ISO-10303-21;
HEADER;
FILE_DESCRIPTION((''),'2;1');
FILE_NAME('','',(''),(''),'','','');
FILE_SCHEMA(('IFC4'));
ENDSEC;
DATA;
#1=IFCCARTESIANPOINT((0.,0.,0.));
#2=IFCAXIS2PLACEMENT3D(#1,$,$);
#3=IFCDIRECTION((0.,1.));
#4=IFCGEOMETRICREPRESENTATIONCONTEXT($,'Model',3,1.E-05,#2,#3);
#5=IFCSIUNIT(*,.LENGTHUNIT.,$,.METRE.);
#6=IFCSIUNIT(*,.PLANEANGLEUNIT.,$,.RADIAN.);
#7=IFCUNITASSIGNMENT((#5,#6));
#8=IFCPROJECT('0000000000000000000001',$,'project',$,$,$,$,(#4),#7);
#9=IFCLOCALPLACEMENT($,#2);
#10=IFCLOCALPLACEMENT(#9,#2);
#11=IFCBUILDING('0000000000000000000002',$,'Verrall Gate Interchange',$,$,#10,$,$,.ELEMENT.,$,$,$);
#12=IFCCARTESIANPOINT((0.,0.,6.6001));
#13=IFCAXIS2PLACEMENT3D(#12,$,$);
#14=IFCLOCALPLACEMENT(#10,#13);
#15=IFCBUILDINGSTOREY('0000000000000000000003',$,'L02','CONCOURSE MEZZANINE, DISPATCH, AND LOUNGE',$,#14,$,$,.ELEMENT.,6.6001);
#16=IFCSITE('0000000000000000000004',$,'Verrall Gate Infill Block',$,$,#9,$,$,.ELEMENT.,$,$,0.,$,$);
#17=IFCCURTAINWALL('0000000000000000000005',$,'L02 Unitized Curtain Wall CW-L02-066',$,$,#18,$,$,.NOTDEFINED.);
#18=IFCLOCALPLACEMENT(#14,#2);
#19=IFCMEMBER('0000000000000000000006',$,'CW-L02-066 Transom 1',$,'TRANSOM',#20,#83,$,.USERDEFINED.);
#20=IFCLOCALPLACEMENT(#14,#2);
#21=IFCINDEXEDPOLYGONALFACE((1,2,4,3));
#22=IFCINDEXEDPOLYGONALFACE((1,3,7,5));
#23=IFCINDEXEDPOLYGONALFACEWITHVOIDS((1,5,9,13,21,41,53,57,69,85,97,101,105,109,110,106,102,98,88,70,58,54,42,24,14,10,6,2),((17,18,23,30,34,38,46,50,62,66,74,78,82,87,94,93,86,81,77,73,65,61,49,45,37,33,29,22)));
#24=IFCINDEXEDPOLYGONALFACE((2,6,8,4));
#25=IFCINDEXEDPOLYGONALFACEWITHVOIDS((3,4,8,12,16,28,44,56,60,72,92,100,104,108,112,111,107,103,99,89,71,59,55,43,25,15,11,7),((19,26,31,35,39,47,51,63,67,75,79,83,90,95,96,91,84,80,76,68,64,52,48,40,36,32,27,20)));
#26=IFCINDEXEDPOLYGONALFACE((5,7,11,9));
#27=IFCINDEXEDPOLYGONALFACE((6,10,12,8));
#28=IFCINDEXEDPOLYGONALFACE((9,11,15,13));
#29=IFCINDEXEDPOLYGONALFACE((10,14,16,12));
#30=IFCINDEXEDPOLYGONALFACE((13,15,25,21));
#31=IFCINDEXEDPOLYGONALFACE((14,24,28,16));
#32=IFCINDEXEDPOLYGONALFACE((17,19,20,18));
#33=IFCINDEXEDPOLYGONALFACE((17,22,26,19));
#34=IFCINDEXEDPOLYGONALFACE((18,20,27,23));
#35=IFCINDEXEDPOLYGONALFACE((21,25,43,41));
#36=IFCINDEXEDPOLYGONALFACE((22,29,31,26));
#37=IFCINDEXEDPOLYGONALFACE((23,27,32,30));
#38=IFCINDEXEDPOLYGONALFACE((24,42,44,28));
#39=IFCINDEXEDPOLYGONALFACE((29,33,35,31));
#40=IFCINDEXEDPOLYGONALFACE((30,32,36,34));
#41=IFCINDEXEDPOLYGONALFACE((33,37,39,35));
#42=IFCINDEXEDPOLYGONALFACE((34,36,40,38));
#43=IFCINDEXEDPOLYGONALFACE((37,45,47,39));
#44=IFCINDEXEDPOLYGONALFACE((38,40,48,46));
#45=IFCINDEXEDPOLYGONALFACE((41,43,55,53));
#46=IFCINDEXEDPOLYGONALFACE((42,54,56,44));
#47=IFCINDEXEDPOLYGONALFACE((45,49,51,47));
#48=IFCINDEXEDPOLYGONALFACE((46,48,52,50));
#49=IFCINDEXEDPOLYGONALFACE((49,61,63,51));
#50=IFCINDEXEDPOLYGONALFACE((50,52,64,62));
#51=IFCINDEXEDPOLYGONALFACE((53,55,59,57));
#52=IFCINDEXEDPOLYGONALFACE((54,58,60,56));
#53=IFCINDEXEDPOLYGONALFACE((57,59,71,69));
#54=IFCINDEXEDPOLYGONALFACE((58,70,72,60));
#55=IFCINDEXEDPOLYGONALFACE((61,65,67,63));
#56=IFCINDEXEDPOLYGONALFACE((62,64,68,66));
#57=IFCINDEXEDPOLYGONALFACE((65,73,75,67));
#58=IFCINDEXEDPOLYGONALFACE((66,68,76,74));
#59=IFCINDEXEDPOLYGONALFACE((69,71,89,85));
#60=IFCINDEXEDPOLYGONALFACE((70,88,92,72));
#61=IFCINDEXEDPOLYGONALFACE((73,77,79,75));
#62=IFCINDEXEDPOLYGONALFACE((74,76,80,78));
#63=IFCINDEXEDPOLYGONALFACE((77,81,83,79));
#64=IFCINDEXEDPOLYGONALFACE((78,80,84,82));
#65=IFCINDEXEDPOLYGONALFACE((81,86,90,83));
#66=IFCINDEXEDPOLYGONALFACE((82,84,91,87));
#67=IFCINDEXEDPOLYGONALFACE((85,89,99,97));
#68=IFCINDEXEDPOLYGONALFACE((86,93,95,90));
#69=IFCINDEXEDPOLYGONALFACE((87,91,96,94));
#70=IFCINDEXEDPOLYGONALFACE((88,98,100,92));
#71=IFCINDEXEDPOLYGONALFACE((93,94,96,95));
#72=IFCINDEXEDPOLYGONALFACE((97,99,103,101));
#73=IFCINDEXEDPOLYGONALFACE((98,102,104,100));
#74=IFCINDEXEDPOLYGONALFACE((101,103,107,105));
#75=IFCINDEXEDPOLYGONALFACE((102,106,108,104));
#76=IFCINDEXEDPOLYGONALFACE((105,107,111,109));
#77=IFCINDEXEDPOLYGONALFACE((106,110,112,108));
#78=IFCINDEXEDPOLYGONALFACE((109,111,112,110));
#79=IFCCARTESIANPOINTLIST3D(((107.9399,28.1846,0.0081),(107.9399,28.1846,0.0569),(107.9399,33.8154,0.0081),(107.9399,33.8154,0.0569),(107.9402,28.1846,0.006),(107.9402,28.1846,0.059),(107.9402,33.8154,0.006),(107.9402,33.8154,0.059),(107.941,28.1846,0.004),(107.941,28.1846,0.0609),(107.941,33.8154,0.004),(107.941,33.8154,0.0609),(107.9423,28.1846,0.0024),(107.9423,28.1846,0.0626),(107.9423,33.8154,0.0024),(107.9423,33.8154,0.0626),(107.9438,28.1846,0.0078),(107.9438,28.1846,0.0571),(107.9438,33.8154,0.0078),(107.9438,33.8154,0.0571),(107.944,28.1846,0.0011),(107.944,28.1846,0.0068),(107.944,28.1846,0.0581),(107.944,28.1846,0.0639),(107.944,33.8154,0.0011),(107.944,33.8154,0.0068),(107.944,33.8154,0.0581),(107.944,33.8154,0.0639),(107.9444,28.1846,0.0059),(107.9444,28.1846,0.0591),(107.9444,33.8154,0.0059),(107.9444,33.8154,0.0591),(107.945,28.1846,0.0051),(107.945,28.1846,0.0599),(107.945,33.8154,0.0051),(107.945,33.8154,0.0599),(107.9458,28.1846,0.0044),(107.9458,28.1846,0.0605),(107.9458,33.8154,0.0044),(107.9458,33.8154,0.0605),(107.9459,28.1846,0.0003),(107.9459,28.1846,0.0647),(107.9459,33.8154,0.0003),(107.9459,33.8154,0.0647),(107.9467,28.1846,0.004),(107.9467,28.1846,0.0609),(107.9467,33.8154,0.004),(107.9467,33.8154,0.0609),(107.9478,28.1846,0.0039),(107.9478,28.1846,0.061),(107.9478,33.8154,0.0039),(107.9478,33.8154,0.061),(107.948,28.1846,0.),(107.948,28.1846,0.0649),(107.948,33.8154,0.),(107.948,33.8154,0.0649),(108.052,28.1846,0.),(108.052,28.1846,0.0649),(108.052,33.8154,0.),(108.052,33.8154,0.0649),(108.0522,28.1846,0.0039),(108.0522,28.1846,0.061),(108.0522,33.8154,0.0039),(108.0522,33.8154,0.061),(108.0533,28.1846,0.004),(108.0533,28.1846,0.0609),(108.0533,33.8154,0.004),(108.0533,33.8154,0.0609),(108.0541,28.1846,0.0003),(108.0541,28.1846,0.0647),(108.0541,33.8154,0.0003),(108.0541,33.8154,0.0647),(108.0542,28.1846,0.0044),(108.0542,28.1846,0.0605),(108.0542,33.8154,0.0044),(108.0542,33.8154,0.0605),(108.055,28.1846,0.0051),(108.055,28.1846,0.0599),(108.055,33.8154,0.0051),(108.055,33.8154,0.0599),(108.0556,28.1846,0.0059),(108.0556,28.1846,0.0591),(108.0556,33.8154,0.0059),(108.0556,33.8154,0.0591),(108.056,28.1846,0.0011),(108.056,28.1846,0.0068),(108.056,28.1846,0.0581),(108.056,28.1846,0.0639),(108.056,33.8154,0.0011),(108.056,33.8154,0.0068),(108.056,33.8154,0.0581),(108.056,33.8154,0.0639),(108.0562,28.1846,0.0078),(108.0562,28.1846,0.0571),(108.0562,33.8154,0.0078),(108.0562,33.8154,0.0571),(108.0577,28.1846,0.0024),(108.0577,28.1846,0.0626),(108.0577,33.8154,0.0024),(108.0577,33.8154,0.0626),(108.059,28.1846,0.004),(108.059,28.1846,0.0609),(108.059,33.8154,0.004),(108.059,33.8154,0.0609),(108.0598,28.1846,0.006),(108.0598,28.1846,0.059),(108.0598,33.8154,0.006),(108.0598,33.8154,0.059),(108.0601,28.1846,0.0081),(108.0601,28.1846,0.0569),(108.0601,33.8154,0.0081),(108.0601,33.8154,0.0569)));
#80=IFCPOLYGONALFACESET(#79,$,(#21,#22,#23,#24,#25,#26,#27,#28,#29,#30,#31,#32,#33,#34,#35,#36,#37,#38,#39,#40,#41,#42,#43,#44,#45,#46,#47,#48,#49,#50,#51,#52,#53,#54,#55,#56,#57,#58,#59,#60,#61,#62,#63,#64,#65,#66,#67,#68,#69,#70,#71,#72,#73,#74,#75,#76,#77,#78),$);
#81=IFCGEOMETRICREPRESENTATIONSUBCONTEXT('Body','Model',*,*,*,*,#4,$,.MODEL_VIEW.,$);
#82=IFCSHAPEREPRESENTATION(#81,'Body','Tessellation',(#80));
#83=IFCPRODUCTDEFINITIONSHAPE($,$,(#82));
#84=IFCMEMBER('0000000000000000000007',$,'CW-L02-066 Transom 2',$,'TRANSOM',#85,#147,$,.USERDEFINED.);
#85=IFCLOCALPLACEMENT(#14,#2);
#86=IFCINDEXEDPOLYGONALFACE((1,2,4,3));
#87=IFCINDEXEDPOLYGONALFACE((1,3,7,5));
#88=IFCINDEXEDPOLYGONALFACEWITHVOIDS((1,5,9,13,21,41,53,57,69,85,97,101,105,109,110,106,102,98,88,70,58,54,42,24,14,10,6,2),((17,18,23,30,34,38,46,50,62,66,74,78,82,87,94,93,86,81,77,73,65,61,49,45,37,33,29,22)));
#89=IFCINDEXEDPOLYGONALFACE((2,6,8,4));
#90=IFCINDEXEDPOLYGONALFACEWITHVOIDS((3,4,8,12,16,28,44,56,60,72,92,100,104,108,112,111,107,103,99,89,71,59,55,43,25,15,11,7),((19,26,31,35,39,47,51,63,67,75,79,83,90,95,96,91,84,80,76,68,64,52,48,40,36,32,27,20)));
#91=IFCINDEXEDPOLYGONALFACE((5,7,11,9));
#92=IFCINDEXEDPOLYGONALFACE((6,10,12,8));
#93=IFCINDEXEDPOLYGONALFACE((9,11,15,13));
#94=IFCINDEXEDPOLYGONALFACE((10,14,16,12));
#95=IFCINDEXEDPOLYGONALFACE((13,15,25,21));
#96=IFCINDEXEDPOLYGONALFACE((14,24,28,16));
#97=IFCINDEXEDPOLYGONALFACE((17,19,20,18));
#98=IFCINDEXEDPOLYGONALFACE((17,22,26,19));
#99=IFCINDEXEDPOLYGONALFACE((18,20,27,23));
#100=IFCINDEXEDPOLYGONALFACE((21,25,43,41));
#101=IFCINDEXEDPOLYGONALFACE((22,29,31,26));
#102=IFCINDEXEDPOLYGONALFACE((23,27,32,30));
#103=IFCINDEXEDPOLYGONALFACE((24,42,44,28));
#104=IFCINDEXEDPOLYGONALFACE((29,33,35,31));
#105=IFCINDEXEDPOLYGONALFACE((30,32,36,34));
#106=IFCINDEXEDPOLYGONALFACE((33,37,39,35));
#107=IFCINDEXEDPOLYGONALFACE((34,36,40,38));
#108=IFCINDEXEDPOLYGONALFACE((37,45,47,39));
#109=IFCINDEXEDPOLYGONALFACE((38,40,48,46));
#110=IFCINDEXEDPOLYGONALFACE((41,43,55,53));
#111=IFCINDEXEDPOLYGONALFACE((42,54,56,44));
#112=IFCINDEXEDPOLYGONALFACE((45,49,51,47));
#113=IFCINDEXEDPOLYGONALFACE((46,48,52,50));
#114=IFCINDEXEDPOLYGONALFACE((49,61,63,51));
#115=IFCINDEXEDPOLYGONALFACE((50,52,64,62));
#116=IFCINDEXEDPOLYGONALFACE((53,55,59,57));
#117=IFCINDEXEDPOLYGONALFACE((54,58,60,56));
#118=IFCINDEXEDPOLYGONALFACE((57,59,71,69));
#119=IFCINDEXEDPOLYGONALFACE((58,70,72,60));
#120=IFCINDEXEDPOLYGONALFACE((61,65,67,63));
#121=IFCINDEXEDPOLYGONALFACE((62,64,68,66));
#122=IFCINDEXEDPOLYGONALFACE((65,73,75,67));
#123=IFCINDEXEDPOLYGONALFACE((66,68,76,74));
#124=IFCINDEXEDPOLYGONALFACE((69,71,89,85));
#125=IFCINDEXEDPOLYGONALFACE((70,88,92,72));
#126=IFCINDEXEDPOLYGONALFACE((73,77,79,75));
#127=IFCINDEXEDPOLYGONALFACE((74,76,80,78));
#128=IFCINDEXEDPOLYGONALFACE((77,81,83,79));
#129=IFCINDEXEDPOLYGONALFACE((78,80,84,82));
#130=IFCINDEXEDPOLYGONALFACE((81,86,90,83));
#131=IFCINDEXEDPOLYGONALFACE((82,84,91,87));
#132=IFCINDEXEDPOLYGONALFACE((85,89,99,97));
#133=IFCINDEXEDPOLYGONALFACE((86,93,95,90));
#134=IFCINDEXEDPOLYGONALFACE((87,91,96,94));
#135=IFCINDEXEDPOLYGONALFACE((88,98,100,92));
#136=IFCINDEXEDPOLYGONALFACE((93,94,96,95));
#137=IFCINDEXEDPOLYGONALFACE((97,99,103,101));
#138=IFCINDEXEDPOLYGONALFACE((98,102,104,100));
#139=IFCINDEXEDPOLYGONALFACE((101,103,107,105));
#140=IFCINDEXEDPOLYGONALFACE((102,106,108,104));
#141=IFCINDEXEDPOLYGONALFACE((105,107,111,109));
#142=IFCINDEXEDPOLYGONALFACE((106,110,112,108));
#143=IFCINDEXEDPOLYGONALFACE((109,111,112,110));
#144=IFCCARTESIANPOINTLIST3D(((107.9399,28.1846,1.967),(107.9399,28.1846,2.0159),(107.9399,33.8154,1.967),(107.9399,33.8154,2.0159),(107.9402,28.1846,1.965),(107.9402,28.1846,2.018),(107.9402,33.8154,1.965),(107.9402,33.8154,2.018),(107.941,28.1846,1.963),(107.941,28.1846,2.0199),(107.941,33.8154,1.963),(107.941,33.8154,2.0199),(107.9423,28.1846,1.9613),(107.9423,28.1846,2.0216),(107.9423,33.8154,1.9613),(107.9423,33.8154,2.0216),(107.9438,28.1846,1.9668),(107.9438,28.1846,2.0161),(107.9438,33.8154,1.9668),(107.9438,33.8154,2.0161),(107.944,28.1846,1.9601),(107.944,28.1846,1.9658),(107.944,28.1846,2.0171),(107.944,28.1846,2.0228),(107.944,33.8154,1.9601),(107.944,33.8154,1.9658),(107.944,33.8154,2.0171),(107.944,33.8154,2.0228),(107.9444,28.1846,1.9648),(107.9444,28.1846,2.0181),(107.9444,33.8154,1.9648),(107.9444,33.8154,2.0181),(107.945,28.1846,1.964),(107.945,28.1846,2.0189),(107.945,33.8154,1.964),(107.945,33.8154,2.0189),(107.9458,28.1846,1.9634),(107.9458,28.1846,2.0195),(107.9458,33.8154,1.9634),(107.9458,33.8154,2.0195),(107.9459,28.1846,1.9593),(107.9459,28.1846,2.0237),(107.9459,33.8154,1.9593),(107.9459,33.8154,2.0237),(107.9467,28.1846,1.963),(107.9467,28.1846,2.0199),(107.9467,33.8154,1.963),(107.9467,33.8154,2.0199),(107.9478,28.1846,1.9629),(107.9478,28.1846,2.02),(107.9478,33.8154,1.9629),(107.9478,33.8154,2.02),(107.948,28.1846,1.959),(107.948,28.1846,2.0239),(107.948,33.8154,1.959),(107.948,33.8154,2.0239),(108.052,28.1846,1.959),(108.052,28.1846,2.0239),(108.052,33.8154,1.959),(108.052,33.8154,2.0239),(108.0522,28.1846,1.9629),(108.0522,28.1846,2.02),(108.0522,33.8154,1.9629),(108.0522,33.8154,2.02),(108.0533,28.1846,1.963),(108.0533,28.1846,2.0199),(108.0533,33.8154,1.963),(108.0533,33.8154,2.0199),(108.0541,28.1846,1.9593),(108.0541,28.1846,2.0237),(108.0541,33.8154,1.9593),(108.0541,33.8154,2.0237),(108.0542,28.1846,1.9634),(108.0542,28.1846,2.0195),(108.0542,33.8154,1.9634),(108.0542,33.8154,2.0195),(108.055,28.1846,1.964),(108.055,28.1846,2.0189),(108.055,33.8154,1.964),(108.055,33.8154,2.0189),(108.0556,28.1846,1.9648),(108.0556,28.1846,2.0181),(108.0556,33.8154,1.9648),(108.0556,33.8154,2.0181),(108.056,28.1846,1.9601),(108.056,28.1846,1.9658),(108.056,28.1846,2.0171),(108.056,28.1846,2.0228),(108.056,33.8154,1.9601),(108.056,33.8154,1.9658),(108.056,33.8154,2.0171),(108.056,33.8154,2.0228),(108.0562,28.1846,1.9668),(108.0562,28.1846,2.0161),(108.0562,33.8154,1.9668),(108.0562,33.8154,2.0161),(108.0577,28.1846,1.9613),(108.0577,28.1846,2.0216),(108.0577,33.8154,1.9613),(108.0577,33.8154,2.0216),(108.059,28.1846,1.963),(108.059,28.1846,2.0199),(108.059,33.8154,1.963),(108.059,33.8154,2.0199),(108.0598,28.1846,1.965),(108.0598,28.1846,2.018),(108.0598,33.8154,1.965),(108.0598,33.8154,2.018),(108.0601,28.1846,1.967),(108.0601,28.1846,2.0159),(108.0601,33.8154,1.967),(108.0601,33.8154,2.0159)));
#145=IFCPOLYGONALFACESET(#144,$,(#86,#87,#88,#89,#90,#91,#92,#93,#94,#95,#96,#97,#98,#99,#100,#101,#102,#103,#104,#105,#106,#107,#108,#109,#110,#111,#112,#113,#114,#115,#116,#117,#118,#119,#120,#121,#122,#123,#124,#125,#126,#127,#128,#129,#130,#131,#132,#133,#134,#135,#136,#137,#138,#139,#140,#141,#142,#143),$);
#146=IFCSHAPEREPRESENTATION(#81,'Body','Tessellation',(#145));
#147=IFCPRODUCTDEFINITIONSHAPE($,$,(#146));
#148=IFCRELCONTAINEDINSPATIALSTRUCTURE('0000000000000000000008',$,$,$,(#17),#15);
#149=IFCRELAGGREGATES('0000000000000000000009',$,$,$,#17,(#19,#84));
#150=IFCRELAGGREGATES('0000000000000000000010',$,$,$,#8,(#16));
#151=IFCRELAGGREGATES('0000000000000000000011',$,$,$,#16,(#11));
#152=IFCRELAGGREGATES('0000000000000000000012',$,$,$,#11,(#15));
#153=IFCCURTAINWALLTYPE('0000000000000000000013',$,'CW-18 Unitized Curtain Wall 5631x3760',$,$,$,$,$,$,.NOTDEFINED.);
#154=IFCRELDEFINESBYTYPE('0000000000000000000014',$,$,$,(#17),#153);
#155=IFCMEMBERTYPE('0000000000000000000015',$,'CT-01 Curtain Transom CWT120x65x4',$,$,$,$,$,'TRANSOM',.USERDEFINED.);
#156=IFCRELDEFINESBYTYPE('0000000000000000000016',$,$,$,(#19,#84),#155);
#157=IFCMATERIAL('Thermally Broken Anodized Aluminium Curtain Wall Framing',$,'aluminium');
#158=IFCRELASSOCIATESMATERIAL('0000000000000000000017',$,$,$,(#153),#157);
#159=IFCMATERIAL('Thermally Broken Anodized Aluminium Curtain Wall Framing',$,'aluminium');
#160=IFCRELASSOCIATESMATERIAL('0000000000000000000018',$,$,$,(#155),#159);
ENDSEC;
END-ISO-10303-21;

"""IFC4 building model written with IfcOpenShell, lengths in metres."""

from ifc_helpers import new_model, si_unit, direction, frame, origin, origin_2d, place, context, subcontext, project, spatial, hollow_rectangle, extrude, material, material_profile, profile_set, type_object, element, aggregate, save


model = new_model("IFC4")

# Units and contexts
model_context = context("Model", 3, precision=1e-05, world=origin(), true_north=direction((0.0, 1.0)))
body_context = subcontext(model_context, "Body", "Model", "MODEL_VIEW")
ifc_project = project(units=[si_unit("LENGTHUNIT", "METRE"), si_unit("PLANEANGLEUNIT", "RADIAN")], contexts=[model_context])

# Site, building, storey
site_placement = place(None, origin())
site = spatial("IfcSite", under=ifc_project, at=site_placement, Name="Verrall Gate Infill Block", CompositionType="ELEMENT", RefElevation=0.0)
building_placement = place(site_placement, origin())
building = spatial("IfcBuilding", under=site, at=building_placement, Name="Verrall Gate Interchange", CompositionType="ELEMENT")
storey_placement = place(building_placement, frame((0.0, 0.0, 6.6001)))
storey = spatial("IfcBuildingStorey", under=building, at=storey_placement, Name="L02", Description="CONCOURSE MEZZANINE, DISPATCH, AND LOUNGE", CompositionType="ELEMENT", Elevation=6.6001)

# Curtain wall
ifc_material_1 = material(Name="Thermally Broken Anodized Aluminium Curtain Wall Framing", Category="aluminium")
curtain_wall_type = type_object("IfcCurtainWallType", Name="CW-18 Unitized Curtain Wall 5631x3760", PredefinedType="NOTDEFINED", material=ifc_material_1)
curtain_wall_1_placement = place(storey_placement, origin())
curtain_wall_1 = element("IfcCurtainWall", 1, at=curtain_wall_1_placement, inside=storey, type_object=curtain_wall_type, Name="L02 Unitized Curtain Wall CW-L02-066", PredefinedType="NOTDEFINED")

# Members
ifc_material_2 = material(Name="Thermally Broken Anodized Aluminium Curtain Wall Framing", Category="aluminium")
ifc_material_profile_1 = material_profile(ifc_material_2, hollow_rectangle(XDim=0.1201, YDim=0.0649, WallThickness=0.0039, InnerFilletRadius=0.0039, OuterFilletRadius=0.0081, at=origin_2d()), Name="CWT120x65x4")
ifc_profile_set_1 = profile_set([ifc_material_profile_1], Name="Thermally Broken Anodized Aluminium Curtain Wall Framing")
member_type_1 = type_object("IfcMemberType", Name="CT-01 Curtain Transom CWT120x65x4", ElementType="TRANSOM", PredefinedType="USERDEFINED", material=ifc_profile_set_1)
member_1_placement = place(storey_placement, frame((108.0, 28.1846, 0.0325), z_axis=(0.0, 1.0, 0.0), x_axis=(-1.0, 0.0, 0.0)))
member_1 = element("IfcMember", 2, at=member_1_placement, type_object=member_type_1, Name="CW-L02-066 Transom 1", ObjectType="TRANSOM", PredefinedType="USERDEFINED", context=body_context, shape_type="SweptSolid", body=[
    extrude(hollow_rectangle(XDim=0.1201, YDim=0.0649, WallThickness=0.0039, InnerFilletRadius=0.0039, OuterFilletRadius=0.0081, at=origin_2d()), origin(), (0.0, 0.0, 1.0), 5.6309),
])
member_2_placement = place(storey_placement, frame((108.0, 28.1846, 1.9915), z_axis=(0.0, 1.0, 0.0), x_axis=(-1.0, 0.0, 0.0)))
member_2 = element("IfcMember", 3, at=member_2_placement, type_object=member_type_1, Name="CW-L02-066 Transom 2", ObjectType="TRANSOM", PredefinedType="USERDEFINED", context=body_context, shape_type="SweptSolid", body=[
    extrude(hollow_rectangle(XDim=0.1201, YDim=0.0649, WallThickness=0.0039, InnerFilletRadius=0.0039, OuterFilletRadius=0.0081, at=origin_2d()), origin(), (0.0, 0.0, 1.0), 5.6309),
])

aggregate(curtain_wall_1, [member_1, member_2])

save(model, "model.ifc")
